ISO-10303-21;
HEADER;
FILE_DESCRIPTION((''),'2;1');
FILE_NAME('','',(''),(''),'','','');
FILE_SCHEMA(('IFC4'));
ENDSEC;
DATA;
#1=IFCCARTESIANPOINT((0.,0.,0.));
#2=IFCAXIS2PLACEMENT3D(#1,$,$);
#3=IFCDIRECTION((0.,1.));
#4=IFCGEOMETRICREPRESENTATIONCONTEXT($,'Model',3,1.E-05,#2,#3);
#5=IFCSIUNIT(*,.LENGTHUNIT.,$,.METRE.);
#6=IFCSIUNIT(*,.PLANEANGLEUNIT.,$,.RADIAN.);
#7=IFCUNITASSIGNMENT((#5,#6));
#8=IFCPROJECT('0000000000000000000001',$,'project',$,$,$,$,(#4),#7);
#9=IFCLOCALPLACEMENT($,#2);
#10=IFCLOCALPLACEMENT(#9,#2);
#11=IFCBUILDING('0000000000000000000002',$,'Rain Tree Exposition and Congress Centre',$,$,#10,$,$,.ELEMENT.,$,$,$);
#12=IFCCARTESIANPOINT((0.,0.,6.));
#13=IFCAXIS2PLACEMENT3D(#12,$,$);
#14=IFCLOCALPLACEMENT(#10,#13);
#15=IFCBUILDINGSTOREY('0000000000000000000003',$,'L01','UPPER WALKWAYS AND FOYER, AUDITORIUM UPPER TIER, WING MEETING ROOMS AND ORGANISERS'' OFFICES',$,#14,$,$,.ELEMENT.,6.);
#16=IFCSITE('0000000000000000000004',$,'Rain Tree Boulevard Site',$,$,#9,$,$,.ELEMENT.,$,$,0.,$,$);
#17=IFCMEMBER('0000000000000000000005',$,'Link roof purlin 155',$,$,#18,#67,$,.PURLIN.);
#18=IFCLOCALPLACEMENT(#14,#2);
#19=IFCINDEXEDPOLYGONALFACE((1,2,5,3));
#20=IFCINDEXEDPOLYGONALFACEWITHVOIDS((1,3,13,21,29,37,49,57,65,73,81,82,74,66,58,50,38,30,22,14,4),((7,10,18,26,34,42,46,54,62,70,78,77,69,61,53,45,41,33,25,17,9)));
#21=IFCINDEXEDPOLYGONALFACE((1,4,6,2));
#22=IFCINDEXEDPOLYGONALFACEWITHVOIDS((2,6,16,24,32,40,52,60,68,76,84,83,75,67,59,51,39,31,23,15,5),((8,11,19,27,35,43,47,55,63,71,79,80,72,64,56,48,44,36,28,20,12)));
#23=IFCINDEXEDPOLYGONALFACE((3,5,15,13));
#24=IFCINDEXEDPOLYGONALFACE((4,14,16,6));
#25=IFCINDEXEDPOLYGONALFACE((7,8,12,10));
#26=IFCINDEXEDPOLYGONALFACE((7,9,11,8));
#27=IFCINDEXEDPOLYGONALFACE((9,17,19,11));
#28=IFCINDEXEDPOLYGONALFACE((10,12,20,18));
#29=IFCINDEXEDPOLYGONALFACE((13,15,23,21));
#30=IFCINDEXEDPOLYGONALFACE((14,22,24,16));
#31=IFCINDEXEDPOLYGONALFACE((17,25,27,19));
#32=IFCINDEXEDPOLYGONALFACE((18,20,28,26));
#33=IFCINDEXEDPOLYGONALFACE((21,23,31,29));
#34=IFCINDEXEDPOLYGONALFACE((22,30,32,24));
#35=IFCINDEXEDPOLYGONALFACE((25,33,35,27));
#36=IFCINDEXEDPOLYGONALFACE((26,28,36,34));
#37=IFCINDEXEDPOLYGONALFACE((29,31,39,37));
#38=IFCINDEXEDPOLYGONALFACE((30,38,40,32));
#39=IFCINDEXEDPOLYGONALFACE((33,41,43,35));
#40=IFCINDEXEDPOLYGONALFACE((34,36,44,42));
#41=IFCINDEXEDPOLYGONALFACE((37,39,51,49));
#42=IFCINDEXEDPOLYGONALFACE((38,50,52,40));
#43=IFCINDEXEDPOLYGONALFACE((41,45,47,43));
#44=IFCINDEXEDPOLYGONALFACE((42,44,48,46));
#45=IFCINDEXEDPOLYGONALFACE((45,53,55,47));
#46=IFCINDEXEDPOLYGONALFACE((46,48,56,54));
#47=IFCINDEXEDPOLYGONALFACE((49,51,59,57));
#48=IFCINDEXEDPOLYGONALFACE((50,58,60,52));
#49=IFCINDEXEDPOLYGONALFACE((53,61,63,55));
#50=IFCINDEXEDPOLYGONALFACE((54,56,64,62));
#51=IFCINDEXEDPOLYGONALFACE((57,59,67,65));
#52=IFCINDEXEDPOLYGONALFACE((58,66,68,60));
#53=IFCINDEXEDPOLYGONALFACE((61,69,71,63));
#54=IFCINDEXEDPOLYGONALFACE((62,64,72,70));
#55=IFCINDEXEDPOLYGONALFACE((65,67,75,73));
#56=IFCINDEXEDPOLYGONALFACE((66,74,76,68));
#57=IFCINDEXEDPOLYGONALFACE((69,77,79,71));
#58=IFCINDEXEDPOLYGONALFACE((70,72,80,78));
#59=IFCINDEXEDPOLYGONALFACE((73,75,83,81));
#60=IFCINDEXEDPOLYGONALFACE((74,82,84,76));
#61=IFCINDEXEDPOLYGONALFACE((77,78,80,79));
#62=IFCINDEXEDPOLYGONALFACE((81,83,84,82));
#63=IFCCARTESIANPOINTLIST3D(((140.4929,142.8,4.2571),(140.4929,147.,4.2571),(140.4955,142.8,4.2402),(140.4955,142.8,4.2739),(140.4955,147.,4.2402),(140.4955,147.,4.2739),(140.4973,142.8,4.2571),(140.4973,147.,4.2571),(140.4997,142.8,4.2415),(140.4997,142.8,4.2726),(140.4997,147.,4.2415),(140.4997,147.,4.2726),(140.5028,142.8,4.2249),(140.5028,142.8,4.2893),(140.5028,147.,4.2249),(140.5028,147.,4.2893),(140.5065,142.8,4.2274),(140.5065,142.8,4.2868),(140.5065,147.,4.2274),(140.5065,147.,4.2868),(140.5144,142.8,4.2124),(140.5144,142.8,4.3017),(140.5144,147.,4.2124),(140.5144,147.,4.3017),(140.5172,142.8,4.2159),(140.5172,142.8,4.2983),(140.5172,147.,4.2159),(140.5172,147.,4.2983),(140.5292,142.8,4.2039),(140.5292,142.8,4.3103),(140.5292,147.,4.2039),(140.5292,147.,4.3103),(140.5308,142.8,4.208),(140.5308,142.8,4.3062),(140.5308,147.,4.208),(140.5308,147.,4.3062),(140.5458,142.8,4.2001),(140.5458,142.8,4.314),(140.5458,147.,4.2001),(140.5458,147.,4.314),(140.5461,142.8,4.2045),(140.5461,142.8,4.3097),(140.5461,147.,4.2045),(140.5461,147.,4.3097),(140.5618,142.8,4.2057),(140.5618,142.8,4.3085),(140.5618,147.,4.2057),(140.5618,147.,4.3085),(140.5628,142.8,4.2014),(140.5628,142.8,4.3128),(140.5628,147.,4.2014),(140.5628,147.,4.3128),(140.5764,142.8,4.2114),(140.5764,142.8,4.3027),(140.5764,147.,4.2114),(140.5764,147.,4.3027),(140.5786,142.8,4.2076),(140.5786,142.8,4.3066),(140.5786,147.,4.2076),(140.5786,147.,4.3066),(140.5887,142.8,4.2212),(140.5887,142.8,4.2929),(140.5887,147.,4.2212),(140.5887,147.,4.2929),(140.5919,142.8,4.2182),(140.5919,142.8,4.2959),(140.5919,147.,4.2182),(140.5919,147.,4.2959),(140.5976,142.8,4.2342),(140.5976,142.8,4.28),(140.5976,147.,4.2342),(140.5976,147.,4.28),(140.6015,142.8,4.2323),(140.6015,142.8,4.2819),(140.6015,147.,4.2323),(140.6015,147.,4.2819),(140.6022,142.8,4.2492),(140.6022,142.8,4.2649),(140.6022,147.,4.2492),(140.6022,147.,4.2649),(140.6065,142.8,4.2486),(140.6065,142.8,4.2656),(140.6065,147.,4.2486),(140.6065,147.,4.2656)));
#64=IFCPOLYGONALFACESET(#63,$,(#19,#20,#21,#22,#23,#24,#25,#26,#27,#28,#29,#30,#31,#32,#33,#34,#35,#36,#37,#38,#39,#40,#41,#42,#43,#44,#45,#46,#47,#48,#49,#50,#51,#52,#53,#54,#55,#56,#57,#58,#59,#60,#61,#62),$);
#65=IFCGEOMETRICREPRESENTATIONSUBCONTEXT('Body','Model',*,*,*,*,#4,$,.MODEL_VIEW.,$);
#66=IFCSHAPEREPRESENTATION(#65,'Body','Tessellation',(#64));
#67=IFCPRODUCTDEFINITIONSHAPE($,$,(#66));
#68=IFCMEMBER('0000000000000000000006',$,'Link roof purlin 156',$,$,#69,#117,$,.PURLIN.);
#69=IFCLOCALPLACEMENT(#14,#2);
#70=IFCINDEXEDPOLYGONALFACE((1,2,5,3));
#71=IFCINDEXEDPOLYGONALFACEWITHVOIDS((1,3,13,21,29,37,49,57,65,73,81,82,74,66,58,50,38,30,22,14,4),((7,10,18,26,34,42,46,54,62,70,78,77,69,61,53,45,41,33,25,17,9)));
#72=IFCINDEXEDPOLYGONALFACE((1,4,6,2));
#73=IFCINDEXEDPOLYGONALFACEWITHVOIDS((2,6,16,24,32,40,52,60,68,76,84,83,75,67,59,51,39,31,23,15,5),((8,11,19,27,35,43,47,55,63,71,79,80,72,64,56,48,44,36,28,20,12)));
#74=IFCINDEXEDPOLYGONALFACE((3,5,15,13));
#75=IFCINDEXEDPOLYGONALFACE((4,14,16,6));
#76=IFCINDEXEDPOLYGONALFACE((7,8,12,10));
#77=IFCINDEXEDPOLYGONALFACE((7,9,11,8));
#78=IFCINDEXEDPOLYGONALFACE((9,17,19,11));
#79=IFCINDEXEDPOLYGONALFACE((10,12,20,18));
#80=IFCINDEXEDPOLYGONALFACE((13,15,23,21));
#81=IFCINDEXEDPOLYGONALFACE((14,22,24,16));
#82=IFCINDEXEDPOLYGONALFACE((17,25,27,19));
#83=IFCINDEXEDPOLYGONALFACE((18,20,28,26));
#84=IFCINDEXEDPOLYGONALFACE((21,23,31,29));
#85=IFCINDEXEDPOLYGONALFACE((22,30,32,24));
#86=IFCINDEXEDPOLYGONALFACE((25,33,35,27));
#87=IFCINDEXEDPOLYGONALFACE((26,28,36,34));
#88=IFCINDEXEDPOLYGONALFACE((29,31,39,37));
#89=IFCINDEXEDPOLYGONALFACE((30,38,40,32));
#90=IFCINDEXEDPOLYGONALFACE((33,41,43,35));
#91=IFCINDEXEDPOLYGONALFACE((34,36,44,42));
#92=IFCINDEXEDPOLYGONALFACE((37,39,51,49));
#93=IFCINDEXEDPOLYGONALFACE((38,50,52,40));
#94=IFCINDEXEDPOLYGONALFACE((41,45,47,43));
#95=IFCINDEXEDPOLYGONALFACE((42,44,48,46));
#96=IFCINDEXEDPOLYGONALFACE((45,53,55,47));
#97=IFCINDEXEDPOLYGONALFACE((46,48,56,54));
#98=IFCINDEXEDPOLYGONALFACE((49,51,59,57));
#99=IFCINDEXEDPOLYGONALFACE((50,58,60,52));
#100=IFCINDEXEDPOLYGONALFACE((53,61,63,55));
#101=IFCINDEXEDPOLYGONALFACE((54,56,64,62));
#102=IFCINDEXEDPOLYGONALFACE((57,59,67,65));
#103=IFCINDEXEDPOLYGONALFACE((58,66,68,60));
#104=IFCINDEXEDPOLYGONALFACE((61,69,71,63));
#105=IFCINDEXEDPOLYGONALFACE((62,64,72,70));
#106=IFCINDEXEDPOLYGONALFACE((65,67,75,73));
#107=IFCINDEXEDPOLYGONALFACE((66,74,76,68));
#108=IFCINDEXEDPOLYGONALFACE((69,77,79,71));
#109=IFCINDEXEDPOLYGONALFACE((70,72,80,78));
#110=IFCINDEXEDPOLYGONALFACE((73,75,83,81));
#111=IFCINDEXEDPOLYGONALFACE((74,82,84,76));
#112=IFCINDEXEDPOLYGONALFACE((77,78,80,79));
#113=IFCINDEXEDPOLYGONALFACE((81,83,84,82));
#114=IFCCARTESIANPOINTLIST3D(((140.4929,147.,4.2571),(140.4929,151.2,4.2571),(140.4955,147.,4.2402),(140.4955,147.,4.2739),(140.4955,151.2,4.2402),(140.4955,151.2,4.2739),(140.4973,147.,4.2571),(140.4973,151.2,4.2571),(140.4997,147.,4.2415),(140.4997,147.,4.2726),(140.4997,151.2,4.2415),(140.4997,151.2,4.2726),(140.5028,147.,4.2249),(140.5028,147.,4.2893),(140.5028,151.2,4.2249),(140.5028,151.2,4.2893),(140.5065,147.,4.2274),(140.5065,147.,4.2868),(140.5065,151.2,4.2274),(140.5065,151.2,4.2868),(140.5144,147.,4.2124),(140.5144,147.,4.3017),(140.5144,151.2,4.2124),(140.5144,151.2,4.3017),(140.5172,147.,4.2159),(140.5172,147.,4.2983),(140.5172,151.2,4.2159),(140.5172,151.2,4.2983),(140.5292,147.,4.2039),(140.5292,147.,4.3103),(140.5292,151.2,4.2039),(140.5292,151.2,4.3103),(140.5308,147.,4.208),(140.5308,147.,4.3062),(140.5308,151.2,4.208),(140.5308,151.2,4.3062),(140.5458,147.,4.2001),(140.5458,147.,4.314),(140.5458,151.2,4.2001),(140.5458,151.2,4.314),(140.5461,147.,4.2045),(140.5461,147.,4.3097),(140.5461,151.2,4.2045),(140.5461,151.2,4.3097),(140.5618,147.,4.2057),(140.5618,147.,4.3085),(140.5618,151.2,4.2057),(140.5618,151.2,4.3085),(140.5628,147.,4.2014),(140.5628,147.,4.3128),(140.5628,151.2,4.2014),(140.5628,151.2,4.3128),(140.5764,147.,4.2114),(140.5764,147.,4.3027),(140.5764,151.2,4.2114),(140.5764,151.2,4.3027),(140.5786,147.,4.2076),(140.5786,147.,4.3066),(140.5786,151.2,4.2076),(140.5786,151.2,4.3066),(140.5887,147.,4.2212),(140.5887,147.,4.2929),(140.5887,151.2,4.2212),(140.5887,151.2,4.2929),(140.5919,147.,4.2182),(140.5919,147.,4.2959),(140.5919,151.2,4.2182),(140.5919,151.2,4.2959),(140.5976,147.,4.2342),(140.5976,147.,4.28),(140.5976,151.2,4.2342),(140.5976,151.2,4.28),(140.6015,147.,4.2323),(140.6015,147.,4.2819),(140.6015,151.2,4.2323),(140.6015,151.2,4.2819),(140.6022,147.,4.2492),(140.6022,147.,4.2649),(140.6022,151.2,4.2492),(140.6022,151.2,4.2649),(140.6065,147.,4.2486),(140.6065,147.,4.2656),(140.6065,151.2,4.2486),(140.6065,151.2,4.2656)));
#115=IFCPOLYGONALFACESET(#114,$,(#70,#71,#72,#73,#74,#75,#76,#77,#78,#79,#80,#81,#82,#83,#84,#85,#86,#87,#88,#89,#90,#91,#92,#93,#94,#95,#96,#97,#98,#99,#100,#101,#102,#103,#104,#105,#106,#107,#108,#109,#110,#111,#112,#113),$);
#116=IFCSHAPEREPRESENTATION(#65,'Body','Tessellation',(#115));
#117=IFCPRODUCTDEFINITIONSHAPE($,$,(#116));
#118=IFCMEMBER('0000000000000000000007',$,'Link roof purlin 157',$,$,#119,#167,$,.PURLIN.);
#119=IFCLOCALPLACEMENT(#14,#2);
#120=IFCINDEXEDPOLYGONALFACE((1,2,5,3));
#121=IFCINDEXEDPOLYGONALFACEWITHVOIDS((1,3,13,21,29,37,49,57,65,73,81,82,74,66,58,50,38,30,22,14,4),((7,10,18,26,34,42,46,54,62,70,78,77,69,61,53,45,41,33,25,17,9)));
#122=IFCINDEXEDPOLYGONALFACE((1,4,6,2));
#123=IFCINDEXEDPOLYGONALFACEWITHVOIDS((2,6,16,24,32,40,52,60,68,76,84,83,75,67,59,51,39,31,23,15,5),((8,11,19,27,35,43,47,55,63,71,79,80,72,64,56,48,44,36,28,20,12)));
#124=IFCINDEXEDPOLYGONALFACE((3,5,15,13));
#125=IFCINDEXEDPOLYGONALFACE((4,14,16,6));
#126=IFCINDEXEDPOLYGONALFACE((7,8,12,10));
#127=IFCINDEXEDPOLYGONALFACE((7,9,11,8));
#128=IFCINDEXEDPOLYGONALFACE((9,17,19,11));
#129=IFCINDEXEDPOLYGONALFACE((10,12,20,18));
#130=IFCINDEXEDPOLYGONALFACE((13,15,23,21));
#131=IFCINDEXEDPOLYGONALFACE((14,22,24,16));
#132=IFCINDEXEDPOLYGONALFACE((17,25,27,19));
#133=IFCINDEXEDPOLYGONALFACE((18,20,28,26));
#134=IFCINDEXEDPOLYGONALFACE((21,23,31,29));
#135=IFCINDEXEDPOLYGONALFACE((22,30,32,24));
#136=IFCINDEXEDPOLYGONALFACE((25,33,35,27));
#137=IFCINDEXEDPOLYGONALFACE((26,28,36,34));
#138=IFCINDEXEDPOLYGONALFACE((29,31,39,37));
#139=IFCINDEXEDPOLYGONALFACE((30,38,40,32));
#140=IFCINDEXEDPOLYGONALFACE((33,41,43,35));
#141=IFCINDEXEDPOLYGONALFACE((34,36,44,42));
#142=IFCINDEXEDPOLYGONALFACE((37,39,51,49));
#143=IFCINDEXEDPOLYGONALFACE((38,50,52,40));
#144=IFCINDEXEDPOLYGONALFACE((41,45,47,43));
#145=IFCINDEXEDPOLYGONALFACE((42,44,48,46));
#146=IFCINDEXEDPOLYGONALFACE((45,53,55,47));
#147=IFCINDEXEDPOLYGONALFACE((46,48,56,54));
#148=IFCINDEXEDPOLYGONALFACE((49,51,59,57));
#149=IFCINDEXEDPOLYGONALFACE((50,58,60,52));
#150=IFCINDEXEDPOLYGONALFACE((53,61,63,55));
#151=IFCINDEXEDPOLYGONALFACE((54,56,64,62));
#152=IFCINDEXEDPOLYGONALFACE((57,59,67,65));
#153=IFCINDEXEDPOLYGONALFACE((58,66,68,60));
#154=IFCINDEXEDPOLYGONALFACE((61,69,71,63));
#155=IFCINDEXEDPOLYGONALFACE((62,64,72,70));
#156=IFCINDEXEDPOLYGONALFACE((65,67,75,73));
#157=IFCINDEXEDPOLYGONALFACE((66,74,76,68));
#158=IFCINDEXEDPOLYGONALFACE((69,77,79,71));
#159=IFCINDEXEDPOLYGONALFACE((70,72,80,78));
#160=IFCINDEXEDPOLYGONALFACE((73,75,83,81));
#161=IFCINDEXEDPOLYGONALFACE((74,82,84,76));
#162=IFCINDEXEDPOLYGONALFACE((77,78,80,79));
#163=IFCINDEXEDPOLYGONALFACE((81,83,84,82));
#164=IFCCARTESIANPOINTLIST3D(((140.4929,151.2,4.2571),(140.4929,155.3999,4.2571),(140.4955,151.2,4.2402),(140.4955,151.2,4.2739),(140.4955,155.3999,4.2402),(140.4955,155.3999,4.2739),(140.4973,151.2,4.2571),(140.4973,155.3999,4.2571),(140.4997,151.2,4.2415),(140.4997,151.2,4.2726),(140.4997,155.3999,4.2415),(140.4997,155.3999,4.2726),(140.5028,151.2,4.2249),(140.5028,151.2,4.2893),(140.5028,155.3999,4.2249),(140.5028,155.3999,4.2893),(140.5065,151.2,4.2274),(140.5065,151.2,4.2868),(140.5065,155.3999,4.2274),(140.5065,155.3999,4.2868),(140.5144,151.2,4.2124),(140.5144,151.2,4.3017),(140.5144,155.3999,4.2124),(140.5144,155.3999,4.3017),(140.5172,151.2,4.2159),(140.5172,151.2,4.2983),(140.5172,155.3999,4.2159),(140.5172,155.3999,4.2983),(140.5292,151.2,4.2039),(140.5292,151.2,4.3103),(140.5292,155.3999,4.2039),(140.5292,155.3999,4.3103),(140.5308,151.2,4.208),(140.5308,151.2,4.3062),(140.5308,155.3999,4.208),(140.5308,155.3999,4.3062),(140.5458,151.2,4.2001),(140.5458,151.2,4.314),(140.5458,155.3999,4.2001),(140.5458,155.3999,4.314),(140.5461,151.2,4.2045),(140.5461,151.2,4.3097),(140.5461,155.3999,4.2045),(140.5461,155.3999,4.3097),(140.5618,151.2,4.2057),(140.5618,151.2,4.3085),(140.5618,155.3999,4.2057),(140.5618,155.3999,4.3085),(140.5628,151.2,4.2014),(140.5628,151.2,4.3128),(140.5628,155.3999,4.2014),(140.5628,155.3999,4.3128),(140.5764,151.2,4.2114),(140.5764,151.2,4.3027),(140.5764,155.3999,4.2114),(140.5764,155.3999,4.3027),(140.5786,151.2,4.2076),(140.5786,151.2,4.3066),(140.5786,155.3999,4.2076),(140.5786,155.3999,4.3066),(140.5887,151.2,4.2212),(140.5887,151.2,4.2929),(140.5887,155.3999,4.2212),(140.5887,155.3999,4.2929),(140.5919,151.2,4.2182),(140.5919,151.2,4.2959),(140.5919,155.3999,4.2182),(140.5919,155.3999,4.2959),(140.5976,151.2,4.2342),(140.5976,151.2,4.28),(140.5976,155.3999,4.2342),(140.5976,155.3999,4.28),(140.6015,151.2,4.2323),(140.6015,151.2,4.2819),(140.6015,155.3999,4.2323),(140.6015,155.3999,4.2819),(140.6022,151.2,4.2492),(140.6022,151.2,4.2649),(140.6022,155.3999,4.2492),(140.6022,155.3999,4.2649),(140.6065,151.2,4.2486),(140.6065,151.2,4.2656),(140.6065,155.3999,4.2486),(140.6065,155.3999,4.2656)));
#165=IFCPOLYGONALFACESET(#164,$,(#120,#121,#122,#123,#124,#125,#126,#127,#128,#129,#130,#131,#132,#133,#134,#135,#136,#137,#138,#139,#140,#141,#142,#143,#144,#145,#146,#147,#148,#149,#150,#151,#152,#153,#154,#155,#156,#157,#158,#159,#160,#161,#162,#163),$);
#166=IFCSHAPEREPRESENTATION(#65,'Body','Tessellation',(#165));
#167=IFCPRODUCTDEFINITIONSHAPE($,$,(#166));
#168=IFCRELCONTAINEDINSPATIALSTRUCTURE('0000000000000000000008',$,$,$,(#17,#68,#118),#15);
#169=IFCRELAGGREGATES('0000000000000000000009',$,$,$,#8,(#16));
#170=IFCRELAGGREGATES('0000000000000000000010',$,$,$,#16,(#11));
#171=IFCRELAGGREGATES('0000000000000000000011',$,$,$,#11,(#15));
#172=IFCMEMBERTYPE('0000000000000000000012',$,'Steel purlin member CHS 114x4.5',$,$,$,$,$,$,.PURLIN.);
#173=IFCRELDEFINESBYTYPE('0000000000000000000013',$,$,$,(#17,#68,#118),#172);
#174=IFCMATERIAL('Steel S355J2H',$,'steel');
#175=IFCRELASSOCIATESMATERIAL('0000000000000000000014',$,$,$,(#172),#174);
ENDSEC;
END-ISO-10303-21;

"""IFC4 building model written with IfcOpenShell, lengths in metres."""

from ifc_helpers import new_model, si_unit, direction, frame, origin, origin_2d, place, context, subcontext, project, spatial, hollow_circle, extrude, material, material_profile, profile_set, type_object, element, save


model = new_model("IFC4")

# Units and contexts
model_context = context("Model", 3, precision=1e-05, world=origin(), true_north=direction((0.0, 1.0)))
body_context = subcontext(model_context, "Body", "Model", "MODEL_VIEW")
ifc_project = project(units=[si_unit("LENGTHUNIT", "METRE"), si_unit("PLANEANGLEUNIT", "RADIAN")], contexts=[model_context])

# Site, building, storey
site_placement = place(None, origin())
site = spatial("IfcSite", under=ifc_project, at=site_placement, Name="Rain Tree Boulevard Site", CompositionType="ELEMENT", RefElevation=0.0)
building_placement = place(site_placement, origin())
building = spatial("IfcBuilding", under=site, at=building_placement, Name="Rain Tree Exposition and Congress Centre", CompositionType="ELEMENT")
storey_placement = place(building_placement, frame((0.0, 0.0, 6.0)))
storey = spatial("IfcBuildingStorey", under=building, at=storey_placement, Name="L01", Description="UPPER WALKWAYS AND FOYER, AUDITORIUM UPPER TIER, WING MEETING ROOMS AND ORGANISERS' OFFICES", CompositionType="ELEMENT", Elevation=6.0)

# Members
ifc_material_1 = material(Name="Steel S355J2H", Category="steel")
ifc_material_profile = material_profile(ifc_material_1, hollow_circle(Radius=0.0571, WallThickness=0.0044, at=origin_2d()), Name="CHS 114x4.5")
ifc_profile_set = profile_set([ifc_material_profile], Name="Steel S355J2H")
member_type = type_object("IfcMemberType", Name="Steel purlin member CHS 114x4.5", PredefinedType="PURLIN", material=ifc_profile_set)
for number, where, z_axis, x_axis, name in (
    (1, (140.55, 142.8, 4.2571), (0.0, 1.0, 0.0), (-1.0, 0.0, 0.0), "Link roof purlin 155"),
    (2, (140.55, 147.0, 4.2571), (0.0, 1.0, 0.0), (-1.0, 0.0, 0.0), "Link roof purlin 156"),
    (3, (140.55, 151.2, 4.2571), (0.0, 1.0, 0.0), (-1.0, 0.0, 0.0), "Link roof purlin 157"),
):
    element("IfcMember", number, at=place(storey_placement, frame(where, z_axis=z_axis, x_axis=x_axis)), inside=storey, type_object=member_type, Name=name, PredefinedType="PURLIN", context=body_context, shape_type="SweptSolid", body=[
        extrude(hollow_circle(Radius=0.0571, WallThickness=0.0044, at=origin_2d()), origin(), (0.0, 0.0, 1.0), 4.2),
    ])

save(model, "model.ifc")
